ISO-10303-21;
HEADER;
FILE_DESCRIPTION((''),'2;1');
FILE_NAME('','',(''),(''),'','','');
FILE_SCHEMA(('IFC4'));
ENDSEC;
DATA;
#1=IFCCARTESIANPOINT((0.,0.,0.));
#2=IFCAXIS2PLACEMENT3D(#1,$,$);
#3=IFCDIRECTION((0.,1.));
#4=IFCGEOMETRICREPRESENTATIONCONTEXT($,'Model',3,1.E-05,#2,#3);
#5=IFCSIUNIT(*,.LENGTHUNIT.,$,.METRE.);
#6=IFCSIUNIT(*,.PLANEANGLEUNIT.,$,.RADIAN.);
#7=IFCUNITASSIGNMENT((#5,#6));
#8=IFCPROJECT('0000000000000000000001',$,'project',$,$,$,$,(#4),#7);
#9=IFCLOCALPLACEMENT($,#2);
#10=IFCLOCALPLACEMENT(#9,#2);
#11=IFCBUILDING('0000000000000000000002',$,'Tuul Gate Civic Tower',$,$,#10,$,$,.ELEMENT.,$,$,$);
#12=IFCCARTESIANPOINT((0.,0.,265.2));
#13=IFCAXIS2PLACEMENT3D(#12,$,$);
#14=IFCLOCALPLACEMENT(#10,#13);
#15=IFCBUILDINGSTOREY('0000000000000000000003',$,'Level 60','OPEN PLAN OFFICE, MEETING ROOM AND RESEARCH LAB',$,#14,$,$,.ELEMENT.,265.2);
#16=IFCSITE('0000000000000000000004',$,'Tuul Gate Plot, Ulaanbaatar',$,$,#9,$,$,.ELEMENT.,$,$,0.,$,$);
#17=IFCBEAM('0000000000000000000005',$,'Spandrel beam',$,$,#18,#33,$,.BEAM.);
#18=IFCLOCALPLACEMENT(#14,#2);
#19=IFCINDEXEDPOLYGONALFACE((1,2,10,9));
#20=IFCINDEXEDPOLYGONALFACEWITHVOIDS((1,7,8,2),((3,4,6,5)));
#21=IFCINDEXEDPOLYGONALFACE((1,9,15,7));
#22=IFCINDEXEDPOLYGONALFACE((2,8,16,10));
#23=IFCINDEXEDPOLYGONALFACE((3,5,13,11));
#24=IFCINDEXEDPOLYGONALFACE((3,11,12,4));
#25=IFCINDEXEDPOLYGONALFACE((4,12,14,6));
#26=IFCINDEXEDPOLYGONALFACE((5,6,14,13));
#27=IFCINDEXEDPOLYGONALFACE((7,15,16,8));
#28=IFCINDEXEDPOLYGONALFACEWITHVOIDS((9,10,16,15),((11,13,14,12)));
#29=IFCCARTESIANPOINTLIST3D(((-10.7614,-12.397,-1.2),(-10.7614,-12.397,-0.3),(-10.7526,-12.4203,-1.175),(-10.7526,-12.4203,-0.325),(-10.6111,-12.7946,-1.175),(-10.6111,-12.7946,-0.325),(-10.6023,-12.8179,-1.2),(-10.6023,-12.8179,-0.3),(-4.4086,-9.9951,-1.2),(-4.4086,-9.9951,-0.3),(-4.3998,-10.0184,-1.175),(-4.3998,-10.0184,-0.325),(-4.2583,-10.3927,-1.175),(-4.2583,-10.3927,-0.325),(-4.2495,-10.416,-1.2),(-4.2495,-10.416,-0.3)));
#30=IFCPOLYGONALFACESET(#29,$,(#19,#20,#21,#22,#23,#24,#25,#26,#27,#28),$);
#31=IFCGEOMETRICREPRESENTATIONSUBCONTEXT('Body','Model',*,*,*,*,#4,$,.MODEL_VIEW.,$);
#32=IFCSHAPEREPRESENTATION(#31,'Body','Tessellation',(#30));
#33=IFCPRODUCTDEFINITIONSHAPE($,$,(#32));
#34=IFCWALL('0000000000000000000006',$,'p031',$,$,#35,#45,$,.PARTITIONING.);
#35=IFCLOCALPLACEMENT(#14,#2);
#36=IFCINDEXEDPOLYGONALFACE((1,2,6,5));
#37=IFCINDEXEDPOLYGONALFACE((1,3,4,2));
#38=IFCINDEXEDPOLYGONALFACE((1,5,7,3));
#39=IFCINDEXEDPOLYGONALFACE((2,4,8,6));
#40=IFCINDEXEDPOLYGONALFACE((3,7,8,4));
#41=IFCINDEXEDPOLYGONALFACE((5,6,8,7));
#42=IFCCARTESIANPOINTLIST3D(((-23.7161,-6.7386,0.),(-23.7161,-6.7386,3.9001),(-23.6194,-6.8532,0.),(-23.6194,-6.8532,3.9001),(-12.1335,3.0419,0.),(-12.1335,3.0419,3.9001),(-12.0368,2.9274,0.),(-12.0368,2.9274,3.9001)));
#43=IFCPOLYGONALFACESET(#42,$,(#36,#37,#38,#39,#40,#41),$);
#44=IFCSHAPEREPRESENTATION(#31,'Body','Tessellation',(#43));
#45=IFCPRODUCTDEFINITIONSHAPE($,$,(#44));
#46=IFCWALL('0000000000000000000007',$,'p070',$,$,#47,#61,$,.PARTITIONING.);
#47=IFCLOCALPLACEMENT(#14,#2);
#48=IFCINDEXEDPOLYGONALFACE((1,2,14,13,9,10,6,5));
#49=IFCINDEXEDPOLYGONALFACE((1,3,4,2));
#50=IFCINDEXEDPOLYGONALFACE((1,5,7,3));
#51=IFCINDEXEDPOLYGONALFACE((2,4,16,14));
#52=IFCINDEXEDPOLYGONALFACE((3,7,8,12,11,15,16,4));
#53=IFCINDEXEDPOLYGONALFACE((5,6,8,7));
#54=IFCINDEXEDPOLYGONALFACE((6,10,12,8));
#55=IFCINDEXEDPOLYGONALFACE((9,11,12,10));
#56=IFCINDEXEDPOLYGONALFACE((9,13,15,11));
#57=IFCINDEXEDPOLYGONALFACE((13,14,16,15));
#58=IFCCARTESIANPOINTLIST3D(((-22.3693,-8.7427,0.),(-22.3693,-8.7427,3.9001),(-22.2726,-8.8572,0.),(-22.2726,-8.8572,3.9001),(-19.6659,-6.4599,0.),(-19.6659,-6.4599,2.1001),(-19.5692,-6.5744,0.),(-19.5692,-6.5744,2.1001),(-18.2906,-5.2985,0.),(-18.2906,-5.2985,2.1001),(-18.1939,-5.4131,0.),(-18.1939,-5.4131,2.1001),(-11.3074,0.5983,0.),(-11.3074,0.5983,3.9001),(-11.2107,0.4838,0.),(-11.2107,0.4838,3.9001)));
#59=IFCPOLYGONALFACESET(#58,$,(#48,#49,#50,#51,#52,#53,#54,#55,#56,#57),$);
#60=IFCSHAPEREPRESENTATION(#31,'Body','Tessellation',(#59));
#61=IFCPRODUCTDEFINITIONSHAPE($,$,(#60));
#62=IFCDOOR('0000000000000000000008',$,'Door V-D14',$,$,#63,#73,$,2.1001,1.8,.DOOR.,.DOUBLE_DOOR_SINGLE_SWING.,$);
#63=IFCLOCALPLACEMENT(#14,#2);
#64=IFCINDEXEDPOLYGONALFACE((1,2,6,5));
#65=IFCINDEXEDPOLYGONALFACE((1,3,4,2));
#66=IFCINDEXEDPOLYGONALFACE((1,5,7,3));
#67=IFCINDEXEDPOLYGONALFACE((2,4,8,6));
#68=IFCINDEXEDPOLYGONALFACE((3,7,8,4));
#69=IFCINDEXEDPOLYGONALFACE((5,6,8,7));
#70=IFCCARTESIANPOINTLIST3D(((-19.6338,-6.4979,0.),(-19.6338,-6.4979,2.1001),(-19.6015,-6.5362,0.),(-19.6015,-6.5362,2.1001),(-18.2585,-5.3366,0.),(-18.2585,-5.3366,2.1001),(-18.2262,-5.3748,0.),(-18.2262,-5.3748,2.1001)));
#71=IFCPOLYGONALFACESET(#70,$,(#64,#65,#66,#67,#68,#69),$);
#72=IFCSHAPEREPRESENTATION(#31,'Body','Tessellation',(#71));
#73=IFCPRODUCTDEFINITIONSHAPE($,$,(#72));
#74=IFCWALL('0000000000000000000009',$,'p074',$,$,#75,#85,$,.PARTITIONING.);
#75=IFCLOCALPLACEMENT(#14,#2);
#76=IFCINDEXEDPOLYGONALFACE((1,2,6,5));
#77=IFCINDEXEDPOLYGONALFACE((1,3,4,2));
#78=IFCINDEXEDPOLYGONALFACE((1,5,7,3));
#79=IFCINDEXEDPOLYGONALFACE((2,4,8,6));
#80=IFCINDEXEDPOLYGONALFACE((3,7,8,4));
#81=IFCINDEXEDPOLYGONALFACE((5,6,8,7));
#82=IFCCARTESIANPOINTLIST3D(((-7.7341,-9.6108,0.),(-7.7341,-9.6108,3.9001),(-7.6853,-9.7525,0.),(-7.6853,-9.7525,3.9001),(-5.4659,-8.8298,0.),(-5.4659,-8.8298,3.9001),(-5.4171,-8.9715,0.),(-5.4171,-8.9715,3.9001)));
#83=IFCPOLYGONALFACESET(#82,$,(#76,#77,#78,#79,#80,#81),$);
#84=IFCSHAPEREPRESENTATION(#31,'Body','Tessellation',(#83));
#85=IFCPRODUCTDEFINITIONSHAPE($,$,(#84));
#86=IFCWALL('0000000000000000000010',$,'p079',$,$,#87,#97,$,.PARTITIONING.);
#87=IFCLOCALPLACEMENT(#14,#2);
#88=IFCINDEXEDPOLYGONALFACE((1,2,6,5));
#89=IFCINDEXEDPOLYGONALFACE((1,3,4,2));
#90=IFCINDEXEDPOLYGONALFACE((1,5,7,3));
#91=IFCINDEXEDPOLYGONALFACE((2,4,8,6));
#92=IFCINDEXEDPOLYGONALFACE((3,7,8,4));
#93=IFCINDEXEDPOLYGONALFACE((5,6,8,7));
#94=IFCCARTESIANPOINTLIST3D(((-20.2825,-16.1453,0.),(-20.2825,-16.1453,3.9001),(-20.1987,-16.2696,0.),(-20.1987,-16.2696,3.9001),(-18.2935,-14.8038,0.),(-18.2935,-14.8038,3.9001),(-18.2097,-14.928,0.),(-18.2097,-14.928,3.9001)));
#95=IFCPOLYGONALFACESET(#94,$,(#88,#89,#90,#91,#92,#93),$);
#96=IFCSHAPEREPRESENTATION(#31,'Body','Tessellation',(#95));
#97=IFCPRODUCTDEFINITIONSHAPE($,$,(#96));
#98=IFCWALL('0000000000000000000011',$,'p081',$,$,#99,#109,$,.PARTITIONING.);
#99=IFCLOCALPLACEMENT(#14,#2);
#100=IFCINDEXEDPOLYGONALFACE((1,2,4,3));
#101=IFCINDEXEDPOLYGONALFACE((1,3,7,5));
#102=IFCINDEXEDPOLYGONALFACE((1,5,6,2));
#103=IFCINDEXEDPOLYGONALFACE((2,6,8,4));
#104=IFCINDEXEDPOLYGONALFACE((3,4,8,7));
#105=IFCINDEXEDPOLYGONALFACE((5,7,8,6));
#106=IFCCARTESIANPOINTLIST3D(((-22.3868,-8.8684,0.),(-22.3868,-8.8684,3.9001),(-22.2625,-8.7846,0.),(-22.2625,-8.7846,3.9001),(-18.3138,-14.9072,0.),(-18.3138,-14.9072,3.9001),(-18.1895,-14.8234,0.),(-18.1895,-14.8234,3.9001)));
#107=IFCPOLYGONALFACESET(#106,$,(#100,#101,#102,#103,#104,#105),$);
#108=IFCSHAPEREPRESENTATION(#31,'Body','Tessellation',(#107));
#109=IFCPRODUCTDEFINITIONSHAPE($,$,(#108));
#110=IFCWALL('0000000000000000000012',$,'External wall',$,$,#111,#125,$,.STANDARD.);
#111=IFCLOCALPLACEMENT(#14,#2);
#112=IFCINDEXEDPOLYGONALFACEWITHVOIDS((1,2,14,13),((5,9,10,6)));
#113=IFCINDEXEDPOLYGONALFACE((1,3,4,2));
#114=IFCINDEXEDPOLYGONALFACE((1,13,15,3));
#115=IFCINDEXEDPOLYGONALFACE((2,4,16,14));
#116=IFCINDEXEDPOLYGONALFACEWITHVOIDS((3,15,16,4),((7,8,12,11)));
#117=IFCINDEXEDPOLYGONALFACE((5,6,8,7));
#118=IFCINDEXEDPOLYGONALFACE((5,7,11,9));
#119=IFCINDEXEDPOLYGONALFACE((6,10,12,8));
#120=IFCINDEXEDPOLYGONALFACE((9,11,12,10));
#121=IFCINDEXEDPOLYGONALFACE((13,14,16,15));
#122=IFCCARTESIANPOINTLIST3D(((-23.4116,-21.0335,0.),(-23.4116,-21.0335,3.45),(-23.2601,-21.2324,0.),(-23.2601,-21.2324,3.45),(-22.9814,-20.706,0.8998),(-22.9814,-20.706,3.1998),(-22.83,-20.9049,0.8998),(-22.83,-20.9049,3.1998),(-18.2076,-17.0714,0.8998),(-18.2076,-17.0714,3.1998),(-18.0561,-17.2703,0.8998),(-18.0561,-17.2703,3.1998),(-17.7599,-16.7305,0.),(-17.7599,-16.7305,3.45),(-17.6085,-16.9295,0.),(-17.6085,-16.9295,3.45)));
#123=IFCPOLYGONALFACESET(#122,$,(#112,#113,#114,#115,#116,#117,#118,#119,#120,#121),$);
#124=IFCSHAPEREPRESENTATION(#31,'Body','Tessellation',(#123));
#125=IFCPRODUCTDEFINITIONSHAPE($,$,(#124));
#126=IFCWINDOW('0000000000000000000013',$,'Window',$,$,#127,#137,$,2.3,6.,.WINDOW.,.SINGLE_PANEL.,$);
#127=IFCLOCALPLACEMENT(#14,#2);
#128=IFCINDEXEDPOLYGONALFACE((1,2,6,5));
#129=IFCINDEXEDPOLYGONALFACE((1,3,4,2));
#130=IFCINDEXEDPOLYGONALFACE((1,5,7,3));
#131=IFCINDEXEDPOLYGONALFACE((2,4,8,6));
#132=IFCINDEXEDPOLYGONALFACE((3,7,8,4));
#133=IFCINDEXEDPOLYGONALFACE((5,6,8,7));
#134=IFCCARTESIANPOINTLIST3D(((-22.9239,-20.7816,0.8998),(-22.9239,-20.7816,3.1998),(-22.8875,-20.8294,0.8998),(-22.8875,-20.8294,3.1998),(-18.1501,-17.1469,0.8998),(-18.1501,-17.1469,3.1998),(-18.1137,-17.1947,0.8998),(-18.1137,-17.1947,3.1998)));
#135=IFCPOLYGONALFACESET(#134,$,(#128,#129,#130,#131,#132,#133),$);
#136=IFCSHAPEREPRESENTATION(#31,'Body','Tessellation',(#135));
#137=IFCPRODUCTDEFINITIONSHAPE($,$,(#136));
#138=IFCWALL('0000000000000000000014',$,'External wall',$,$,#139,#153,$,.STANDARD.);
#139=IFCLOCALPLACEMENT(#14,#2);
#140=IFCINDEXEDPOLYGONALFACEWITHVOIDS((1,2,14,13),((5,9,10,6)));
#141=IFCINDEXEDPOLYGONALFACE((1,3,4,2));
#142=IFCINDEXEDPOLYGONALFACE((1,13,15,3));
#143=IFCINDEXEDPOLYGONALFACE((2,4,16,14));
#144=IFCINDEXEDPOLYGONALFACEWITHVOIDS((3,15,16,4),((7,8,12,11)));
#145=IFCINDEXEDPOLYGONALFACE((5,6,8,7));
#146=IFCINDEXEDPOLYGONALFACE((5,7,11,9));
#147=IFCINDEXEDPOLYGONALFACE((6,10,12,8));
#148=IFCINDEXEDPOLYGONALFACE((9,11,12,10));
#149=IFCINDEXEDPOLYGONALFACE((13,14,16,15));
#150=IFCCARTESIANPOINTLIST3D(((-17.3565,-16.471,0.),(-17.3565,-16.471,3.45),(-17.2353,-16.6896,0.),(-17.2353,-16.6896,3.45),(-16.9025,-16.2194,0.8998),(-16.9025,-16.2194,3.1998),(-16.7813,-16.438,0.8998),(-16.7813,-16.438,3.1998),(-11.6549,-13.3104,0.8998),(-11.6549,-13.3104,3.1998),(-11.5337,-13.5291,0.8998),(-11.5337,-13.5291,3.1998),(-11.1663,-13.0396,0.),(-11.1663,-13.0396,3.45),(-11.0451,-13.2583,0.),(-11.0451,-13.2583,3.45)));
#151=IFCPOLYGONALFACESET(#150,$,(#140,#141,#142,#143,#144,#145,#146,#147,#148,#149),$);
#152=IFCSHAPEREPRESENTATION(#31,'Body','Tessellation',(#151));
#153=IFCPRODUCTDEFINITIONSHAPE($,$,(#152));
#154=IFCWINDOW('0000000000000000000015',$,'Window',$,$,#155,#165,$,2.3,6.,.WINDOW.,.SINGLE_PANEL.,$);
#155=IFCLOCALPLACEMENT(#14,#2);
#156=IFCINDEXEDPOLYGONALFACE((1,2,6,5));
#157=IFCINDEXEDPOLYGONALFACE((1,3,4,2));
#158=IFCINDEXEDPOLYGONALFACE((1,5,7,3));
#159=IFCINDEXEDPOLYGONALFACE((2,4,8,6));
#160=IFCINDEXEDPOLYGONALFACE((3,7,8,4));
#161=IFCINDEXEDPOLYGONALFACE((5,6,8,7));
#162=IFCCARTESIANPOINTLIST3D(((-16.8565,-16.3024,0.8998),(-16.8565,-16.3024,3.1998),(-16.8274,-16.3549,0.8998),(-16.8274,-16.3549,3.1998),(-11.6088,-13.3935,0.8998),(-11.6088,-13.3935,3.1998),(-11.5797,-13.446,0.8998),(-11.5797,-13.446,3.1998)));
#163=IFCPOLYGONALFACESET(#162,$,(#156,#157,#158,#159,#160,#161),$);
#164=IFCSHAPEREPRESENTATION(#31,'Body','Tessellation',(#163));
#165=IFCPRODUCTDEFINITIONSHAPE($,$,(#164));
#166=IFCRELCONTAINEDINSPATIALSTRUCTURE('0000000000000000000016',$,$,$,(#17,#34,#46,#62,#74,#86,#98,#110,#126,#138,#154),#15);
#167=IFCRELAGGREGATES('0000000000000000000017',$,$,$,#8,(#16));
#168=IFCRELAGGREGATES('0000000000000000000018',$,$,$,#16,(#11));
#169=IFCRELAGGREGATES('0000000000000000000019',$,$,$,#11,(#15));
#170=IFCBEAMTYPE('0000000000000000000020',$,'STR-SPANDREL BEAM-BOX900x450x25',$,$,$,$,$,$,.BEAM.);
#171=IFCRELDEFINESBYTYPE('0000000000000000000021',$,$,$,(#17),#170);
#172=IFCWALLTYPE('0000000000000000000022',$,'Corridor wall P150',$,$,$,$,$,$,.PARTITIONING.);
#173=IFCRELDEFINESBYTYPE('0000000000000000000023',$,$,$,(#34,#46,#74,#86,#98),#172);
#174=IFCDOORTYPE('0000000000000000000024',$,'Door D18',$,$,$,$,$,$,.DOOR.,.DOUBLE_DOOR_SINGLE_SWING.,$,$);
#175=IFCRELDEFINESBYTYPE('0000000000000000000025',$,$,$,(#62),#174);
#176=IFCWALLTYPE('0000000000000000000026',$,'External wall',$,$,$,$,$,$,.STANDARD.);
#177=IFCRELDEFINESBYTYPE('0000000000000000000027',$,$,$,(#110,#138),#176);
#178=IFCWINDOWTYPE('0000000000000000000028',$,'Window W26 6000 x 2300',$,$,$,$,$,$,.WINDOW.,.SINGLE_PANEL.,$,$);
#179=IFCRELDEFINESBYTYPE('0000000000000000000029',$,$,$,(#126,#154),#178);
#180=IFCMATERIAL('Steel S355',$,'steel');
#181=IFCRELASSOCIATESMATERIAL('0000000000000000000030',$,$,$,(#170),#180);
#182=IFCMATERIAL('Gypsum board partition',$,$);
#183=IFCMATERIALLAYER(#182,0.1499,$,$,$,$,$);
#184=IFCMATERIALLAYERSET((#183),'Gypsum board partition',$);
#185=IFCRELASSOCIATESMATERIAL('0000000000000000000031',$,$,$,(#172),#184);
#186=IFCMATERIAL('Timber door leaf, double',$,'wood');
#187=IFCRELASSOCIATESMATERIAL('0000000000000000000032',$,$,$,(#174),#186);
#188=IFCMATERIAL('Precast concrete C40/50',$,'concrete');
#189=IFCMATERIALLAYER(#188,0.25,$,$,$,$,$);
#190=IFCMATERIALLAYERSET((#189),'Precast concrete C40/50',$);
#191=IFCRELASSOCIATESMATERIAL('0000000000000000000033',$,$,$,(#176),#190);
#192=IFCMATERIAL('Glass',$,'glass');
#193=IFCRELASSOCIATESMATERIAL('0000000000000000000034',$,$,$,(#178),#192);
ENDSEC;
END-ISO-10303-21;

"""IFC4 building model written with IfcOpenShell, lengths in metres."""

from ifc_helpers import new_model, si_unit, direction, frame, frame_2d, origin, origin_2d, place, context, subcontext, project, spatial, rectangle, hollow_rectangle, extrude, material, layer, layer_set, material_profile, profile_set, type_object, element, fill, save


model = new_model("IFC4")

# Units and contexts
model_context = context("Model", 3, precision=1e-05, world=origin(), true_north=direction((0.0, 1.0)))
body_context = subcontext(model_context, "Body", "Model", "MODEL_VIEW")
ifc_project = project(units=[si_unit("LENGTHUNIT", "METRE"), si_unit("PLANEANGLEUNIT", "RADIAN")], contexts=[model_context])

# Site, building, storey
site_placement = place(None, origin())
site = spatial("IfcSite", under=ifc_project, at=site_placement, Name="Tuul Gate Plot, Ulaanbaatar", CompositionType="ELEMENT", RefElevation=0.0)
building_placement = place(site_placement, origin())
building = spatial("IfcBuilding", under=site, at=building_placement, Name="Tuul Gate Civic Tower", CompositionType="ELEMENT")
storey_placement = place(building_placement, frame((0.0, 0.0, 265.2)))
storey = spatial("IfcBuildingStorey", under=building, at=storey_placement, Name="Level 60", Description="OPEN PLAN OFFICE, MEETING ROOM AND RESEARCH LAB", CompositionType="ELEMENT", Elevation=265.2)

# Beam
ifc_material_1 = material(Name="Steel S355", Category="steel")
ifc_material_profile_1 = material_profile(ifc_material_1, hollow_rectangle(XDim=0.45, YDim=0.8999, WallThickness=0.0249, at=origin_2d()), Name="BOX900x450x25")
ifc_profile_set_1 = profile_set([ifc_material_profile_1], Name="Steel S355")
beam_type_1 = type_object("IfcBeamType", Name="STR-SPANDREL BEAM-BOX900x450x25", PredefinedType="BEAM", material=ifc_profile_set_1)
beam_1_placement = place(storey_placement, frame((-10.6819, -12.6074, -0.75), z_axis=(0.935379, 0.353647, 0.0), x_axis=(-0.353647, 0.935379, 0.0)))
element("IfcBeam", 1, at=beam_1_placement, inside=storey, type_object=beam_type_1, Name="Spandrel beam", PredefinedType="BEAM", context=body_context, shape_type="SweptSolid", body=[
    extrude(hollow_rectangle(XDim=0.45, YDim=0.8999, WallThickness=0.0249, at=origin_2d()), origin(), (0.0, 0.0, 1.0), 6.7917),
])

# Wall
ifc_material_2 = material(Name="Gypsum board partition")
ifc_layer_1 = layer(ifc_material_2, 0.1499)
ifc_layer_set_1 = layer_set([ifc_layer_1], Name="Gypsum board partition")
wall_type_1 = type_object("IfcWallType", Name="Corridor wall P150", PredefinedType="PARTITIONING", material=ifc_layer_set_1)
wall_1_placement = place(storey_placement, frame((-23.6677, -6.7959, 0.0), z_axis=(0.0, 0.0, 1.0), x_axis=(0.764039, 0.64517, 0.0)))
element("IfcWall", 2, at=wall_1_placement, inside=storey, type_object=wall_type_1, Name="p031", PredefinedType="PARTITIONING", context=body_context, shape_type="SweptSolid", body=[
    extrude(rectangle(XDim=15.1597, YDim=0.1499, at=frame_2d((7.5798, 0.0))), origin(), (0.0, 0.0, 1.0), 3.9001),
])

# Wall, opening, door
wall_2_placement = place(storey_placement, frame((-22.321, -8.8, 0.0), z_axis=(0.0, 0.0, 1.0), x_axis=(0.764036, 0.645173, 0.0)))
wall_2 = element("IfcWall", 3, at=wall_2_placement, inside=storey, type_object=wall_type_1, Name="p070", PredefinedType="PARTITIONING", context=body_context, shape_type="SweptSolid", body=[
    extrude(rectangle(XDim=14.4783, YDim=0.1499, at=frame_2d((7.2393, 0.0))), origin(), (0.0, 0.0, 1.0), 3.9001),
])
opening_1_placement = place(wall_2_placement, frame((3.5386, 0.0, 0.0)))
opening_1 = element("IfcOpeningElement", 4, at=opening_1_placement, cuts=wall_2, PredefinedType="OPENING", context=body_context, shape_type="SweptSolid", body=[
    extrude(rectangle(XDim=1.8, YDim=2.1001, at=frame_2d((0.8999, 1.05))), frame((0.0, 0.085, 0.0), z_axis=(0.0, -1.0, 0.0), x_axis=(1.0, 0.0, 0.0)), (0.0, 0.0, 1.0), 0.1699),
])
ifc_material_3 = material(Name="Timber door leaf, double", Category="wood")
door_type = type_object("IfcDoorType", Name="Door D18", OperationType="DOUBLE_DOOR_SINGLE_SWING", PredefinedType="DOOR", material=ifc_material_3)
door_placement = place(opening_1_placement, frame((1.8, 0.0, 0.0), z_axis=(0.0, 0.0, 1.0), x_axis=(-1.0, 0.0, 0.0)))
door = element("IfcDoor", 5, at=door_placement, inside=storey, type_object=door_type, Name="Door V-D14", OperationType="DOUBLE_DOOR_SINGLE_SWING", OverallHeight=2.1001, OverallWidth=1.8, PredefinedType="DOOR", context=body_context, shape_type="SweptSolid", body=[
    extrude(rectangle(XDim=1.8, YDim=2.1001, at=frame_2d((0.9001, 1.05))), frame((0.0, 0.0249, 0.0), z_axis=(0.0, -1.0, 0.0), x_axis=(1.0, 0.0, 0.0)), (0.0, 0.0, 1.0), 0.05),
])
fill(opening_1, door)

# Walls
wall_3_placement = place(storey_placement, frame((-7.7097, -9.6816, 0.0), z_axis=(0.0, 0.0, 1.0), x_axis=(0.945523, 0.325555, 0.0)))
element("IfcWall", 6, at=wall_3_placement, inside=storey, type_object=wall_type_1, Name="p074", PredefinedType="PARTITIONING", context=body_context, shape_type="SweptSolid", body=[
    extrude(rectangle(XDim=2.3989, YDim=0.1499, at=frame_2d((1.1995, 0.0))), origin(), (0.0, 0.0, 1.0), 3.9001),
])
wall_4_placement = place(storey_placement, frame((-20.2407, -16.2075, 0.0), z_axis=(0.0, 0.0, 1.0), x_axis=(0.829048, 0.559177, 0.0)))
element("IfcWall", 7, at=wall_4_placement, inside=storey, type_object=wall_type_1, Name="p079", PredefinedType="PARTITIONING", context=body_context, shape_type="SweptSolid", body=[
    extrude(rectangle(XDim=2.3992, YDim=0.1499, at=frame_2d((1.1997, 0.0))), origin(), (0.0, 0.0, 1.0), 3.9001),
])
wall_5_placement = place(storey_placement, frame((-22.3247, -8.8264, 0.0), z_axis=(0.0, 0.0, 1.0), x_axis=(0.559171, -0.829053, 0.0)))
element("IfcWall", 8, at=wall_5_placement, inside=storey, type_object=wall_type_1, Name="p081", PredefinedType="PARTITIONING", context=body_context, shape_type="SweptSolid", body=[
    extrude(rectangle(XDim=7.2839, YDim=0.1499, at=frame_2d((3.6421, 0.0))), origin(), (0.0, 0.0, 1.0), 3.9001),
])

# Walls, openings, windows
ifc_material_4 = material(Name="Precast concrete C40/50", Category="concrete")
ifc_layer_2 = layer(ifc_material_4, 0.25)
ifc_layer_set_2 = layer_set([ifc_layer_2], Name="Precast concrete C40/50")
wall_type_2 = type_object("IfcWallType", Name="External wall", PredefinedType="STANDARD", material=ifc_layer_set_2)
wall_6_placement = place(storey_placement, frame((-23.3359, -21.1331, 0.0), z_axis=(0.0, 0.0, 1.0), x_axis=(0.795636, 0.605775, 0.0)))
wall_6 = element("IfcWall", 9, at=wall_6_placement, inside=storey, type_object=wall_type_2, Name="External wall", PredefinedType="STANDARD", context=body_context, shape_type="SweptSolid", body=[
    extrude(rectangle(XDim=7.1033, YDim=0.25, at=frame_2d((3.5518, 0.0))), origin(), (0.0, 0.0, 1.0), 3.45),
])
opening_2_placement = place(wall_6_placement, frame((0.5408, 0.0, 0.8999)))
opening_2 = element("IfcOpeningElement", 10, at=opening_2_placement, cuts=wall_6, PredefinedType="OPENING", context=body_context, shape_type="SweptSolid", body=[
    extrude(rectangle(XDim=6.0, YDim=2.3, at=frame_2d((3.0, 1.1499))), frame((0.0, 0.135, 0.0), z_axis=(0.0, -1.0, 0.0), x_axis=(1.0, 0.0, 0.0)), (0.0, 0.0, 1.0), 0.27),
])
ifc_material_5 = material(Name="Glass", Category="glass")
window_type = type_object("IfcWindowType", Name="Window W26 6000 x 2300", PartitioningType="SINGLE_PANEL", PredefinedType="WINDOW", material=ifc_material_5)
window_1_placement = place(opening_2_placement, origin())
window_1 = element("IfcWindow", 11, at=window_1_placement, inside=storey, type_object=window_type, Name="Window", OverallHeight=2.3, OverallWidth=6.0, PartitioningType="SINGLE_PANEL", PredefinedType="WINDOW", context=body_context, shape_type="SweptSolid", body=[
    extrude(rectangle(XDim=6.0, YDim=2.3, at=frame_2d((3.0, 1.1499))), frame((0.0, 0.03, 0.0), z_axis=(0.0, -1.0, 0.0), x_axis=(1.0, 0.0, 0.0)), (0.0, 0.0, 1.0), 0.0601),
])
fill(opening_2, window_1)
wall_7_placement = place(storey_placement, frame((-17.2959, -16.5803, 0.0), z_axis=(0.0, 0.0, 1.0), x_axis=(0.874612, 0.484823, 0.0)))
wall_7 = element("IfcWall", 12, at=wall_7_placement, inside=storey, type_object=wall_type_2, Name="External wall", PredefinedType="STANDARD", context=body_context, shape_type="SweptSolid", body=[
    extrude(rectangle(XDim=7.0776, YDim=0.25, at=frame_2d((3.5388, 0.0))), origin(), (0.0, 0.0, 1.0), 3.45),
])
opening_3_placement = place(wall_7_placement, frame((0.519, 0.0, 0.8999)))
opening_3 = element("IfcOpeningElement", 13, at=opening_3_placement, cuts=wall_7, PredefinedType="OPENING", context=body_context, shape_type="SweptSolid", body=[
    extrude(rectangle(XDim=6.0, YDim=2.3, at=frame_2d((3.0, 1.1499))), frame((0.0, 0.135, 0.0), z_axis=(0.0, -1.0, 0.0), x_axis=(1.0, 0.0, 0.0)), (0.0, 0.0, 1.0), 0.27),
])
window_2_placement = place(opening_3_placement, origin())
window_2 = element("IfcWindow", 14, at=window_2_placement, inside=storey, type_object=window_type, Name="Window", OverallHeight=2.3, OverallWidth=6.0, PartitioningType="SINGLE_PANEL", PredefinedType="WINDOW", context=body_context, shape_type="SweptSolid", body=[
    extrude(rectangle(XDim=6.0, YDim=2.3, at=frame_2d((3.0, 1.1499))), frame((0.0, 0.03, 0.0), z_axis=(0.0, -1.0, 0.0), x_axis=(1.0, 0.0, 0.0)), (0.0, 0.0, 1.0), 0.0601),
])
fill(opening_3, window_2)

save(model, "model.ifc")
